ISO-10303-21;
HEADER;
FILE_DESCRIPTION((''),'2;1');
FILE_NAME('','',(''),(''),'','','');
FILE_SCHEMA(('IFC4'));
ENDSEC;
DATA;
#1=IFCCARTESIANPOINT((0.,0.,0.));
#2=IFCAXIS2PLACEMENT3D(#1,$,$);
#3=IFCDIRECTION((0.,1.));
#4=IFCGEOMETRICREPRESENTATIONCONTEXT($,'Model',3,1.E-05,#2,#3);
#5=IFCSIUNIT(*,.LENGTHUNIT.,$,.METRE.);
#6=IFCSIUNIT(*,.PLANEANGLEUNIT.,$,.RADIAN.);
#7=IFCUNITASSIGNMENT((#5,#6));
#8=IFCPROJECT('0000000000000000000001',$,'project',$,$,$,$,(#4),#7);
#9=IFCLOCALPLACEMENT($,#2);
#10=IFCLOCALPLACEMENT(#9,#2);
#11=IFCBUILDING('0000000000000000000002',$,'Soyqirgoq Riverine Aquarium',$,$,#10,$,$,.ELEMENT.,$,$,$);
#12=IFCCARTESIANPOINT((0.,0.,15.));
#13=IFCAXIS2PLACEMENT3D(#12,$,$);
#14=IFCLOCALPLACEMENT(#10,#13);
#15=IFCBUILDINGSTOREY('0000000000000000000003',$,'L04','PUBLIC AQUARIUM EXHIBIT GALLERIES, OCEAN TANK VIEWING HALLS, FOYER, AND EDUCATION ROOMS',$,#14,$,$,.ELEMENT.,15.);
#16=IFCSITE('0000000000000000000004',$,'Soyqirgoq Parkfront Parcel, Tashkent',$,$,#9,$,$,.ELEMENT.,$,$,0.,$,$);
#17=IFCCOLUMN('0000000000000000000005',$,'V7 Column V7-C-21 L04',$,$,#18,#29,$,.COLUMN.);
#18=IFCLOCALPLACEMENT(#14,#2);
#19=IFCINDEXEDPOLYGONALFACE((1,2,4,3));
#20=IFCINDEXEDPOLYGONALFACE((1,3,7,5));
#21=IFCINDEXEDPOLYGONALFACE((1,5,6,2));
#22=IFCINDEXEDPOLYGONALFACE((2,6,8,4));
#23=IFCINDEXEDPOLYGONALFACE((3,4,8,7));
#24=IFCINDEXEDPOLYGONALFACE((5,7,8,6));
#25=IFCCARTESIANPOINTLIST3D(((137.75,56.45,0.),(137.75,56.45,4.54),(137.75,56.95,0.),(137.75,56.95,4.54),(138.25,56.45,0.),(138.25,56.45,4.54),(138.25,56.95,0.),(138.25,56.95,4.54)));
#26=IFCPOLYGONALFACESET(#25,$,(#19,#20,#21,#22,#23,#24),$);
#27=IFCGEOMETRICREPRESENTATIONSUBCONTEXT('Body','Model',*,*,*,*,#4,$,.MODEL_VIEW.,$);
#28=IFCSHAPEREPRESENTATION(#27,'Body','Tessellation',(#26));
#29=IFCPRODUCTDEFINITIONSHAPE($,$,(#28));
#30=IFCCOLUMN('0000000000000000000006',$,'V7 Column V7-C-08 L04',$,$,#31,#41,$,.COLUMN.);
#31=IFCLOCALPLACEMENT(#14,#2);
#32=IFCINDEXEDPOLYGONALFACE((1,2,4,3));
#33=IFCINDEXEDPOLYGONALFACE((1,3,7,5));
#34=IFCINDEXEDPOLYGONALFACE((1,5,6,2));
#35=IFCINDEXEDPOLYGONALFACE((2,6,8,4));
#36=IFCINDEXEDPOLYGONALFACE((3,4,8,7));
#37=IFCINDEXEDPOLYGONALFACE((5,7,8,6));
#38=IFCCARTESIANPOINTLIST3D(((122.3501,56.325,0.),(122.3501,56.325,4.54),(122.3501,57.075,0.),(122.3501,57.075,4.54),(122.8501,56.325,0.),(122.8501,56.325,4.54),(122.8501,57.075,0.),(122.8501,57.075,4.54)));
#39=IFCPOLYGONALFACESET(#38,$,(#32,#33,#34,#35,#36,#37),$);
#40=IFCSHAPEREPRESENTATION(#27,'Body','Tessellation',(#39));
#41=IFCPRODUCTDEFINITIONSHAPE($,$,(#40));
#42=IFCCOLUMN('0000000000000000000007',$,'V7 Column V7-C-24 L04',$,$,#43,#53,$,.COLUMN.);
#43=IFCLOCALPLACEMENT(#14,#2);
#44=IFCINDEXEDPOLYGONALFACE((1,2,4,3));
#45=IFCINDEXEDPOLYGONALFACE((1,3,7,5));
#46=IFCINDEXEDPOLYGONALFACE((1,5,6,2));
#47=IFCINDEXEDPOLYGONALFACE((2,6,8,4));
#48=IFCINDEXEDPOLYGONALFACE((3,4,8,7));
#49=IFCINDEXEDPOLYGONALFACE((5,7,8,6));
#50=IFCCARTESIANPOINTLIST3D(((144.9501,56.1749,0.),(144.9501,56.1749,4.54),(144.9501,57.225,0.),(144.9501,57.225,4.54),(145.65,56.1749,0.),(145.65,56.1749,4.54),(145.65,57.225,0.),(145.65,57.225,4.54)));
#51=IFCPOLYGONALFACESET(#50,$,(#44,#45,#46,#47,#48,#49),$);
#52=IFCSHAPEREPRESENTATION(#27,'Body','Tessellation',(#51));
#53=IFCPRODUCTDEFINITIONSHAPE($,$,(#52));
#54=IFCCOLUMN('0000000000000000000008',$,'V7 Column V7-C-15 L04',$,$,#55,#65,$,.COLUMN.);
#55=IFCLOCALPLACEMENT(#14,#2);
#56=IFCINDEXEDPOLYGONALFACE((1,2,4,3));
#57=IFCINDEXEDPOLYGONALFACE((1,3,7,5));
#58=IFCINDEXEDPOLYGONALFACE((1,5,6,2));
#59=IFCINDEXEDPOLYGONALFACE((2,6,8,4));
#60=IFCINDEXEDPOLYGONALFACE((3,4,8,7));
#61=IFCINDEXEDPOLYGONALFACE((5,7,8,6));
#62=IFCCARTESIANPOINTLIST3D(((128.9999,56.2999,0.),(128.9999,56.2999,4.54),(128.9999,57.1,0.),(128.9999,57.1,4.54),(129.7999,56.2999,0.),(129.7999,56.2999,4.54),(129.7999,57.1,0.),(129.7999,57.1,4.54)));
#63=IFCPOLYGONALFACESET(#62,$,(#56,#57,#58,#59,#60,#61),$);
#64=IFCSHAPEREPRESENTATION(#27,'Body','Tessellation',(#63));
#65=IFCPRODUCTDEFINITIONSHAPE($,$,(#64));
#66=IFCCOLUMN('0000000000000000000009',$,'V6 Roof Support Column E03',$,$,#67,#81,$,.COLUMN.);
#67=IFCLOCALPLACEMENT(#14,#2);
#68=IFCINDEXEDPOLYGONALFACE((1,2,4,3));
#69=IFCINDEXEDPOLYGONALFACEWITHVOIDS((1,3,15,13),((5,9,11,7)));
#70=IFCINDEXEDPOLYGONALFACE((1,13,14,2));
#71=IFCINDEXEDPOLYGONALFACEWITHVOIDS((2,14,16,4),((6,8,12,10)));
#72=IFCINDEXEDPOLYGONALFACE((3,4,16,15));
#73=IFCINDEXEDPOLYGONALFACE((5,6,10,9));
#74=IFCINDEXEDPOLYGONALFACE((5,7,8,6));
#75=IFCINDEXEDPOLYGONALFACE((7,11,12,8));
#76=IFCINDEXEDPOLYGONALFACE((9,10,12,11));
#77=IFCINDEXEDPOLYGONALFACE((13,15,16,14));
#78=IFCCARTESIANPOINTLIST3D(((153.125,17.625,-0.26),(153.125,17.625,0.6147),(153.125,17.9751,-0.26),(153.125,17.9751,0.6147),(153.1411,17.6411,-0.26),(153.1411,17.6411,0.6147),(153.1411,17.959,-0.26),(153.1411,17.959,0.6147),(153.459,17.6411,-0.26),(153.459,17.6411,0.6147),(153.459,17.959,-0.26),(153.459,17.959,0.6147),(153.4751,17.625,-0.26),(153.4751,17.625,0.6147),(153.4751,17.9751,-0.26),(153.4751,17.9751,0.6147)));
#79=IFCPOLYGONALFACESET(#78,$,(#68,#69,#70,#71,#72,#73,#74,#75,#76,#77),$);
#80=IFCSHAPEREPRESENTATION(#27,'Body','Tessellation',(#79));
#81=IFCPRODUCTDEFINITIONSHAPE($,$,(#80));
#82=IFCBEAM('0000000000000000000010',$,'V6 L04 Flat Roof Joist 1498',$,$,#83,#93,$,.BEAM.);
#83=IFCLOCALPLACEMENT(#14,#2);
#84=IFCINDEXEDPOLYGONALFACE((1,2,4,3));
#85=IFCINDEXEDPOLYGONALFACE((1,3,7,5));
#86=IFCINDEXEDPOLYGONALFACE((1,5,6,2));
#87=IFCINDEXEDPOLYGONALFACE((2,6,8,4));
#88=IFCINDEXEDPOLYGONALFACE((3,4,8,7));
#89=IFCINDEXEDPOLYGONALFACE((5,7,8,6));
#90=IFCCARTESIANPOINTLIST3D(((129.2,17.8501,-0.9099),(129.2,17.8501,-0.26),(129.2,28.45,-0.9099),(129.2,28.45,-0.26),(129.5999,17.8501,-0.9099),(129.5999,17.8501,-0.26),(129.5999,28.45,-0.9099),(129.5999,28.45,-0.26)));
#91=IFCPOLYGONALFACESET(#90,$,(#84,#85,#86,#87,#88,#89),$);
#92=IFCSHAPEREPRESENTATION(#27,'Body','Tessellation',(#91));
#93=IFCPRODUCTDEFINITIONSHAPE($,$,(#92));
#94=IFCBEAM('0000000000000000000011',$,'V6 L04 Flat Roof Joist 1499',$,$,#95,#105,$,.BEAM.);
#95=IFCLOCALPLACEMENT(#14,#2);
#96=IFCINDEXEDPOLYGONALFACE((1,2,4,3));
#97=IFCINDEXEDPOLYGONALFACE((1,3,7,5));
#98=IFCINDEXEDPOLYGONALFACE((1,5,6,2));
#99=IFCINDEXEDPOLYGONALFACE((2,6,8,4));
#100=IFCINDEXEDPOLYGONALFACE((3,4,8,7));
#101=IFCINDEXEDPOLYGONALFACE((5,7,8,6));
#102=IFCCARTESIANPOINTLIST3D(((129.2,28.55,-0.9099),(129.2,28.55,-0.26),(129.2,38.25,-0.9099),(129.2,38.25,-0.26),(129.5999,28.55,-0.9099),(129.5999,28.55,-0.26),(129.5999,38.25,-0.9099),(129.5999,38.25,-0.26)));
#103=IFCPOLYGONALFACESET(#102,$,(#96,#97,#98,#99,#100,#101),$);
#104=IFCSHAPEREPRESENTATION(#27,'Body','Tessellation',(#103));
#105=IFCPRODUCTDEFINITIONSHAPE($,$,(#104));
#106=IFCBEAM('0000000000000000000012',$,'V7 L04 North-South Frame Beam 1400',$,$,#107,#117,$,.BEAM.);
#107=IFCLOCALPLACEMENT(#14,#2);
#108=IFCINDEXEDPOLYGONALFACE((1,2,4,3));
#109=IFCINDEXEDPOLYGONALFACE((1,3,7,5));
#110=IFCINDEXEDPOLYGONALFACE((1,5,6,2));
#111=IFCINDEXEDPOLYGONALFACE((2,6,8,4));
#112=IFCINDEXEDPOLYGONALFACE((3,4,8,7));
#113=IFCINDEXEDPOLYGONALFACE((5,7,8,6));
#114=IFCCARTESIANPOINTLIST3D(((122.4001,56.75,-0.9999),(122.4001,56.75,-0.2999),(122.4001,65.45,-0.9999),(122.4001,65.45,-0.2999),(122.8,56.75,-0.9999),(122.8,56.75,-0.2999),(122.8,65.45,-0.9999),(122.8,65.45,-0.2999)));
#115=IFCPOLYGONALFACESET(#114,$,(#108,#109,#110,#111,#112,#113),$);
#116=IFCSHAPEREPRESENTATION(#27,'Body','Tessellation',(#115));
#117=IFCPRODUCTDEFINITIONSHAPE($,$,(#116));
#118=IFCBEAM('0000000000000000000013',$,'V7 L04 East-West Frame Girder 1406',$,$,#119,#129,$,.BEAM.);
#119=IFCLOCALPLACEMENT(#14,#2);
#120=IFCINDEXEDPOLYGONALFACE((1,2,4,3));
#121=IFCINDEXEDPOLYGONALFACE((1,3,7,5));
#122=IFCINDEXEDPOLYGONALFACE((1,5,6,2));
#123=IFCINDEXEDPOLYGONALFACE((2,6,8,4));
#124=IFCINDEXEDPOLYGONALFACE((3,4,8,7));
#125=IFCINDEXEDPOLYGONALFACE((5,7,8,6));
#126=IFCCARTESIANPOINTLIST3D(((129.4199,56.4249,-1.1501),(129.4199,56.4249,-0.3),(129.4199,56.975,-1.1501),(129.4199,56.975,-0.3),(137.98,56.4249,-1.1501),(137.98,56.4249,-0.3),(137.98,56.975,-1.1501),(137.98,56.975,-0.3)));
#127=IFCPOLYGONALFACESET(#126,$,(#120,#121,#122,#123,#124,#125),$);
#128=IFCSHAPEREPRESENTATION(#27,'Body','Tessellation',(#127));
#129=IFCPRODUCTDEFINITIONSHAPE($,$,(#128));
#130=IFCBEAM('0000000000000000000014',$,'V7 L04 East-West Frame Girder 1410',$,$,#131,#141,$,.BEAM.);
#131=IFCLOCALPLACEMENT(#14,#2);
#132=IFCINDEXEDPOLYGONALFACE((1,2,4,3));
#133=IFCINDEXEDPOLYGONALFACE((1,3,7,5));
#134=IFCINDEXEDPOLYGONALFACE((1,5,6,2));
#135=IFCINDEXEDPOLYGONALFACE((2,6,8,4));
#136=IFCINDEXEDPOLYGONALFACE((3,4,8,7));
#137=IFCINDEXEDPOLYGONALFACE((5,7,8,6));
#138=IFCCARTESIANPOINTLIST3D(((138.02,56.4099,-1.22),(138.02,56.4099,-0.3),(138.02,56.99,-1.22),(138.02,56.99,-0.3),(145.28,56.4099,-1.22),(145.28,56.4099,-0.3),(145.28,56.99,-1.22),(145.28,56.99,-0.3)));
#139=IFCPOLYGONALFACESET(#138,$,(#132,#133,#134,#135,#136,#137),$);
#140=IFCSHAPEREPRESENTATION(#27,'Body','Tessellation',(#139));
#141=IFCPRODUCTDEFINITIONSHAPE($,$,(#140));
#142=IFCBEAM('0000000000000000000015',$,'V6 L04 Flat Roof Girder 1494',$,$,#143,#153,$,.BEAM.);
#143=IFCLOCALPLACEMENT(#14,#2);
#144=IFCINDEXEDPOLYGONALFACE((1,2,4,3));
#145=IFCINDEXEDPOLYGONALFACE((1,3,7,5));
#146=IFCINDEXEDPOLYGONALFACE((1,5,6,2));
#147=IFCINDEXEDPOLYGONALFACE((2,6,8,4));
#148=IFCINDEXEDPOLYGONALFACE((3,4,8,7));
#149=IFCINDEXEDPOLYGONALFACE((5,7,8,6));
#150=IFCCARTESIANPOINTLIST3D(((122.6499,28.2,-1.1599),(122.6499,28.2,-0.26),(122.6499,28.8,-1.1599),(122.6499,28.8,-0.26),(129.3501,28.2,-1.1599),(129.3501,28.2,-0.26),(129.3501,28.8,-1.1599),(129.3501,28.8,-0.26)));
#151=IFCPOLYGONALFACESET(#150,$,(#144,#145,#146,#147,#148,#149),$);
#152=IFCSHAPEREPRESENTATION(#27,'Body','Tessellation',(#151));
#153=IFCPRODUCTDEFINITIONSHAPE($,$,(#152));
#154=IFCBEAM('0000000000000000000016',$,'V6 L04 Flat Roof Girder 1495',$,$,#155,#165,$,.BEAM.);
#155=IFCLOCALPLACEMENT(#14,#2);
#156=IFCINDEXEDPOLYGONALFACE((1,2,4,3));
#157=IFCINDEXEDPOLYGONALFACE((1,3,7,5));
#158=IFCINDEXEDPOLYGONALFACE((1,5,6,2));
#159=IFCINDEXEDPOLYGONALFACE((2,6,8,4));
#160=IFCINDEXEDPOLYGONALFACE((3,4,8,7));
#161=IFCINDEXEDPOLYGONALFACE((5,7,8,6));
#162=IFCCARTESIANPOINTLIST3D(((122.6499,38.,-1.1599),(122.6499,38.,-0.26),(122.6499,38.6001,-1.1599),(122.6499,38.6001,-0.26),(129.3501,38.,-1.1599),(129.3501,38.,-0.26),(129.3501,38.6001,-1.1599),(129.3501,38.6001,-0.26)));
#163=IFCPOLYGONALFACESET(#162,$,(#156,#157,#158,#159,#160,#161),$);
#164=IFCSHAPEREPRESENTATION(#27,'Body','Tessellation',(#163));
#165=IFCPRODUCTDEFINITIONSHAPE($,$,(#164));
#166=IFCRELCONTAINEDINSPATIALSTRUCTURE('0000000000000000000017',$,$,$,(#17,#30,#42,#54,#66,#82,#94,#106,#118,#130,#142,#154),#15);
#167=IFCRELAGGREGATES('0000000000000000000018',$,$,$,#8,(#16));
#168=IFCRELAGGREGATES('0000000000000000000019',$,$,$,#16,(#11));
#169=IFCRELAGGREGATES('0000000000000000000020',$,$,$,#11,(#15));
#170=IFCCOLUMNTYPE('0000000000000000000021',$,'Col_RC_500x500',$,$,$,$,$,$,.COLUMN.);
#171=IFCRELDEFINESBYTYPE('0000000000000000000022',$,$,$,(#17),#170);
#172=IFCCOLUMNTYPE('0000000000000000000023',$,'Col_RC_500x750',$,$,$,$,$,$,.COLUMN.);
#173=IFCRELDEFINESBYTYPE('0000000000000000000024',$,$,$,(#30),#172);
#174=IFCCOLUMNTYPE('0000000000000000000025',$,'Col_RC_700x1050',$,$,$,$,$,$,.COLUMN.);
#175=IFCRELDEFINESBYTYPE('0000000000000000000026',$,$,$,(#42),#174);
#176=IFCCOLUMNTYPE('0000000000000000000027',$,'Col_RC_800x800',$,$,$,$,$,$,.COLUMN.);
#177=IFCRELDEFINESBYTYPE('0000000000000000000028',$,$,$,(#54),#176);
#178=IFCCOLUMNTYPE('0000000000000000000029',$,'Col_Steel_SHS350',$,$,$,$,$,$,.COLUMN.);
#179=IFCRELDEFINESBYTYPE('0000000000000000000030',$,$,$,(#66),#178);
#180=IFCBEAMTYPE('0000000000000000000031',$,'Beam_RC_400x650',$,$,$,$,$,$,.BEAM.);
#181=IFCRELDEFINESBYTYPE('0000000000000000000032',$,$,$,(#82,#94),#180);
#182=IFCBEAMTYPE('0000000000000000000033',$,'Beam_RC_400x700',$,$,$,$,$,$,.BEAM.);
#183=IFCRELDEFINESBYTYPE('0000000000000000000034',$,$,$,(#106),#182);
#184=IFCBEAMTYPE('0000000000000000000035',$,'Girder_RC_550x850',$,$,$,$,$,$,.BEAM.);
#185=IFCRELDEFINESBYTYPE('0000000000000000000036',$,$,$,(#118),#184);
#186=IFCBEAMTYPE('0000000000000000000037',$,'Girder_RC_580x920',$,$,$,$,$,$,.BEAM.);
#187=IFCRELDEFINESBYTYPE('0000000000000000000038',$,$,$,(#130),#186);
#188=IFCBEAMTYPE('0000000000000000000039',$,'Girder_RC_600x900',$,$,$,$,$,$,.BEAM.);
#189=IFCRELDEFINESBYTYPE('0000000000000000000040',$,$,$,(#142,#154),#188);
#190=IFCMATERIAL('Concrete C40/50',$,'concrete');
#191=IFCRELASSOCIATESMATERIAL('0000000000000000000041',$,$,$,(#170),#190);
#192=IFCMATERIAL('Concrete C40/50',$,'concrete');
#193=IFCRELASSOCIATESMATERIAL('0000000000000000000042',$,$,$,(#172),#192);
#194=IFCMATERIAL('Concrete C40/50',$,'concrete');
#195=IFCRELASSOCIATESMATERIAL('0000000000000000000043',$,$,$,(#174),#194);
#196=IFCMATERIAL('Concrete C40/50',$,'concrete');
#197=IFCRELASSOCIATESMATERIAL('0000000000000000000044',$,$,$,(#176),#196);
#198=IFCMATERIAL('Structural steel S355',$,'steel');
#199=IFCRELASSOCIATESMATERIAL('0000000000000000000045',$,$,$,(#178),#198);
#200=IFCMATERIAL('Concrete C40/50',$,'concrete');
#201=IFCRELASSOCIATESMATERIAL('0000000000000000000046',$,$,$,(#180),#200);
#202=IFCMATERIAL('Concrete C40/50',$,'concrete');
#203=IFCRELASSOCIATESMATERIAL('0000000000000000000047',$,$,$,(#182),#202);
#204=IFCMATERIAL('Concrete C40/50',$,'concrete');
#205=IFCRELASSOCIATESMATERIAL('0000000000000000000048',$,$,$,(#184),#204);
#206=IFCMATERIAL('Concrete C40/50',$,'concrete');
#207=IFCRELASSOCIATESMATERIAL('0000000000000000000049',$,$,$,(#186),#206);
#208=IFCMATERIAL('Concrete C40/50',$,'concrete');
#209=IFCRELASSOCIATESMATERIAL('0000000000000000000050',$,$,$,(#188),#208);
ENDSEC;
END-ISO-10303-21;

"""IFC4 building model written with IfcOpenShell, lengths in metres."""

from ifc_helpers import new_model, si_unit, direction, frame, origin, origin_2d, place, context, subcontext, project, spatial, rectangle, hollow_rectangle, extrude, material, material_profile, profile_set, type_object, element, save


model = new_model("IFC4")

# Units and contexts
model_context = context("Model", 3, precision=1e-05, world=origin(), true_north=direction((0.0, 1.0)))
body_context = subcontext(model_context, "Body", "Model", "MODEL_VIEW")
ifc_project = project(units=[si_unit("LENGTHUNIT", "METRE"), si_unit("PLANEANGLEUNIT", "RADIAN")], contexts=[model_context])

# Site, building, storey
site_placement = place(None, origin())
site = spatial("IfcSite", under=ifc_project, at=site_placement, Name="Soyqirgoq Parkfront Parcel, Tashkent", CompositionType="ELEMENT", RefElevation=0.0)
building_placement = place(site_placement, origin())
building = spatial("IfcBuilding", under=site, at=building_placement, Name="Soyqirgoq Riverine Aquarium", CompositionType="ELEMENT")
storey_placement = place(building_placement, frame((0.0, 0.0, 15.0)))
storey = spatial("IfcBuildingStorey", under=building, at=storey_placement, Name="L04", Description="PUBLIC AQUARIUM EXHIBIT GALLERIES, OCEAN TANK VIEWING HALLS, FOYER, AND EDUCATION ROOMS", CompositionType="ELEMENT", Elevation=15.0)

# Columns
ifc_material_1 = material(Name="Concrete C40/50", Category="concrete")
ifc_material_profile_1 = material_profile(ifc_material_1, rectangle(XDim=0.5, YDim=0.5, at=origin_2d()), Name="RC 500x500")
ifc_profile_set_1 = profile_set([ifc_material_profile_1], Name="Concrete C40/50")
column_type_1 = type_object("IfcColumnType", Name="Col_RC_500x500", PredefinedType="COLUMN", material=ifc_profile_set_1)
column_1_placement = place(storey_placement, frame((138.0, 56.7, 0.0), z_axis=(0.0, 0.0, 1.0), x_axis=(1.0, 0.0, 0.0)))
element("IfcColumn", 1, at=column_1_placement, inside=storey, type_object=column_type_1, Name="V7 Column V7-C-21 L04", PredefinedType="COLUMN", context=body_context, shape_type="SweptSolid", body=[
    extrude(rectangle(XDim=0.5, YDim=0.5, at=origin_2d()), origin(), (0.0, 0.0, 1.0), 4.54),
])
ifc_material_2 = material(Name="Concrete C40/50", Category="concrete")
ifc_material_profile_2 = material_profile(ifc_material_2, rectangle(XDim=0.5, YDim=0.75, at=origin_2d()), Name="RC-COL 500x750")
ifc_profile_set_2 = profile_set([ifc_material_profile_2], Name="Concrete C40/50")
column_type_2 = type_object("IfcColumnType", Name="Col_RC_500x750", PredefinedType="COLUMN", material=ifc_profile_set_2)
column_2_placement = place(storey_placement, frame((122.6001, 56.7, 0.0), z_axis=(0.0, 0.0, 1.0), x_axis=(1.0, 0.0, 0.0)))
element("IfcColumn", 2, at=column_2_placement, inside=storey, type_object=column_type_2, Name="V7 Column V7-C-08 L04", PredefinedType="COLUMN", context=body_context, shape_type="SweptSolid", body=[
    extrude(rectangle(XDim=0.5, YDim=0.75, at=origin_2d()), origin(), (0.0, 0.0, 1.0), 4.54),
])
ifc_material_3 = material(Name="Concrete C40/50", Category="concrete")
ifc_material_profile_3 = material_profile(ifc_material_3, rectangle(XDim=0.7, YDim=1.05, at=origin_2d()), Name="RC-COL 700x1050")
ifc_profile_set_3 = profile_set([ifc_material_profile_3], Name="Concrete C40/50")
column_type_3 = type_object("IfcColumnType", Name="Col_RC_700x1050", PredefinedType="COLUMN", material=ifc_profile_set_3)
column_3_placement = place(storey_placement, frame((145.3, 56.7, 0.0), z_axis=(0.0, 0.0, 1.0), x_axis=(1.0, 0.0, 0.0)))
element("IfcColumn", 3, at=column_3_placement, inside=storey, type_object=column_type_3, Name="V7 Column V7-C-24 L04", PredefinedType="COLUMN", context=body_context, shape_type="SweptSolid", body=[
    extrude(rectangle(XDim=0.7, YDim=1.05, at=origin_2d()), origin(), (0.0, 0.0, 1.0), 4.54),
])
ifc_material_4 = material(Name="Concrete C40/50", Category="concrete")
ifc_material_profile_4 = material_profile(ifc_material_4, rectangle(XDim=0.8, YDim=0.8, at=origin_2d()), Name="RC 800x800")
ifc_profile_set_4 = profile_set([ifc_material_profile_4], Name="Concrete C40/50")
column_type_4 = type_object("IfcColumnType", Name="Col_RC_800x800", PredefinedType="COLUMN", material=ifc_profile_set_4)
column_4_placement = place(storey_placement, frame((129.3999, 56.7, 0.0), z_axis=(0.0, 0.0, 1.0), x_axis=(1.0, 0.0, 0.0)))
element("IfcColumn", 4, at=column_4_placement, inside=storey, type_object=column_type_4, Name="V7 Column V7-C-15 L04", PredefinedType="COLUMN", context=body_context, shape_type="SweptSolid", body=[
    extrude(rectangle(XDim=0.8, YDim=0.8, at=origin_2d()), origin(), (0.0, 0.0, 1.0), 4.54),
])
ifc_material_5 = material(Name="Structural steel S355", Category="steel")
ifc_material_profile_5 = material_profile(ifc_material_5, hollow_rectangle(XDim=0.3501, YDim=0.3501, WallThickness=0.0161, at=origin_2d()), Name="SHS 350x350x16")
ifc_profile_set_5 = profile_set([ifc_material_profile_5], Name="Structural steel S355")
column_type_5 = type_object("IfcColumnType", Name="Col_Steel_SHS350", PredefinedType="COLUMN", material=ifc_profile_set_5)
column_5_placement = place(storey_placement, frame((153.3, 17.8, -0.26), z_axis=(0.0, 0.0, 1.0), x_axis=(1.0, 0.0, 0.0)))
element("IfcColumn", 5, at=column_5_placement, inside=storey, type_object=column_type_5, Name="V6 Roof Support Column E03", PredefinedType="COLUMN", context=body_context, shape_type="SweptSolid", body=[
    extrude(hollow_rectangle(XDim=0.3501, YDim=0.3501, WallThickness=0.0161, at=origin_2d()), origin(), (0.0, 0.0, 1.0), 0.8748),
])

# Beams
ifc_material_6 = material(Name="Concrete C40/50", Category="concrete")
ifc_material_profile_6 = material_profile(ifc_material_6, rectangle(XDim=0.3999, YDim=0.6499, at=origin_2d()), Name="RC 400x650")
ifc_profile_set_6 = profile_set([ifc_material_profile_6], Name="Concrete C40/50")
beam_type_1 = type_object("IfcBeamType", Name="Beam_RC_400x650", PredefinedType="BEAM", material=ifc_profile_set_6)
beam_1_placement = place(storey_placement, frame((129.3999, 17.8501, -0.585), z_axis=(0.0, 1.0, 0.0), x_axis=(-1.0, 0.0, 0.0)))
element("IfcBeam", 6, at=beam_1_placement, inside=storey, type_object=beam_type_1, Name="V6 L04 Flat Roof Joist 1498", PredefinedType="BEAM", context=body_context, shape_type="SweptSolid", body=[
    extrude(rectangle(XDim=0.3999, YDim=0.6499, at=origin_2d()), origin(), (0.0, 0.0, 1.0), 10.5999),
])
beam_2_placement = place(storey_placement, frame((129.3999, 28.55, -0.585), z_axis=(0.0, 1.0, 0.0), x_axis=(-1.0, 0.0, 0.0)))
element("IfcBeam", 7, at=beam_2_placement, inside=storey, type_object=beam_type_1, Name="V6 L04 Flat Roof Joist 1499", PredefinedType="BEAM", context=body_context, shape_type="SweptSolid", body=[
    extrude(rectangle(XDim=0.3999, YDim=0.6499, at=origin_2d()), origin(), (0.0, 0.0, 1.0), 9.7),
])
ifc_material_7 = material(Name="Concrete C40/50", Category="concrete")
ifc_material_profile_7 = material_profile(ifc_material_7, rectangle(XDim=0.3999, YDim=0.7, at=origin_2d()), Name="RC 400x700")
ifc_profile_set_7 = profile_set([ifc_material_profile_7], Name="Concrete C40/50")
beam_type_2 = type_object("IfcBeamType", Name="Beam_RC_400x700", PredefinedType="BEAM", material=ifc_profile_set_7)
beam_3_placement = place(storey_placement, frame((122.6001, 56.75, -0.6499), z_axis=(0.0, 1.0, 0.0), x_axis=(-1.0, 0.0, 0.0)))
element("IfcBeam", 8, at=beam_3_placement, inside=storey, type_object=beam_type_2, Name="V7 L04 North-South Frame Beam 1400", PredefinedType="BEAM", context=body_context, shape_type="SweptSolid", body=[
    extrude(rectangle(XDim=0.3999, YDim=0.7, at=origin_2d()), origin(), (0.0, 0.0, 1.0), 8.7),
])
ifc_material_8 = material(Name="Concrete C40/50", Category="concrete")
ifc_material_profile_8 = material_profile(ifc_material_8, rectangle(XDim=0.55, YDim=0.8501, at=origin_2d()), Name="RC 550x850")
ifc_profile_set_8 = profile_set([ifc_material_profile_8], Name="Concrete C40/50")
beam_type_3 = type_object("IfcBeamType", Name="Girder_RC_550x850", PredefinedType="BEAM", material=ifc_profile_set_8)
beam_4_placement = place(storey_placement, frame((129.4199, 56.7, -0.7251), z_axis=(1.0, 0.0, 0.0), x_axis=(0.0, 1.0, 0.0)))
element("IfcBeam", 9, at=beam_4_placement, inside=storey, type_object=beam_type_3, Name="V7 L04 East-West Frame Girder 1406", PredefinedType="BEAM", context=body_context, shape_type="SweptSolid", body=[
    extrude(rectangle(XDim=0.55, YDim=0.8501, at=origin_2d()), origin(), (0.0, 0.0, 1.0), 8.5601),
])
ifc_material_9 = material(Name="Concrete C40/50", Category="concrete")
ifc_material_profile_9 = material_profile(ifc_material_9, rectangle(XDim=0.5801, YDim=0.9199, at=origin_2d()), Name="RC 580x920")
ifc_profile_set_9 = profile_set([ifc_material_profile_9], Name="Concrete C40/50")
beam_type_4 = type_object("IfcBeamType", Name="Girder_RC_580x920", PredefinedType="BEAM", material=ifc_profile_set_9)
beam_5_placement = place(storey_placement, frame((138.02, 56.7, -0.76), z_axis=(1.0, 0.0, 0.0), x_axis=(0.0, 1.0, 0.0)))
element("IfcBeam", 10, at=beam_5_placement, inside=storey, type_object=beam_type_4, Name="V7 L04 East-West Frame Girder 1410", PredefinedType="BEAM", context=body_context, shape_type="SweptSolid", body=[
    extrude(rectangle(XDim=0.5801, YDim=0.9199, at=origin_2d()), origin(), (0.0, 0.0, 1.0), 7.26),
])
ifc_material_10 = material(Name="Concrete C40/50", Category="concrete")
ifc_material_profile_10 = material_profile(ifc_material_10, rectangle(XDim=0.6001, YDim=0.8999, at=origin_2d()), Name="RC 600x900")
ifc_profile_set_10 = profile_set([ifc_material_profile_10], Name="Concrete C40/50")
beam_type_5 = type_object("IfcBeamType", Name="Girder_RC_600x900", PredefinedType="BEAM", material=ifc_profile_set_10)
for number, where, z_axis, x_axis, name in (
    (11, (122.6499, 28.5, -0.71), (1.0, 0.0, 0.0), (0.0, 1.0, 0.0), "V6 L04 Flat Roof Girder 1494"),
    (12, (122.6499, 38.3, -0.71), (1.0, 0.0, 0.0), (0.0, 1.0, 0.0), "V6 L04 Flat Roof Girder 1495"),
):
    element("IfcBeam", number, at=place(storey_placement, frame(where, z_axis=z_axis, x_axis=x_axis)), inside=storey, type_object=beam_type_5, Name=name, PredefinedType="BEAM", context=body_context, shape_type="SweptSolid", body=[
        extrude(rectangle(XDim=0.6001, YDim=0.8999, at=origin_2d()), origin(), (0.0, 0.0, 1.0), 6.7002),
    ])

save(model, "model.ifc")
